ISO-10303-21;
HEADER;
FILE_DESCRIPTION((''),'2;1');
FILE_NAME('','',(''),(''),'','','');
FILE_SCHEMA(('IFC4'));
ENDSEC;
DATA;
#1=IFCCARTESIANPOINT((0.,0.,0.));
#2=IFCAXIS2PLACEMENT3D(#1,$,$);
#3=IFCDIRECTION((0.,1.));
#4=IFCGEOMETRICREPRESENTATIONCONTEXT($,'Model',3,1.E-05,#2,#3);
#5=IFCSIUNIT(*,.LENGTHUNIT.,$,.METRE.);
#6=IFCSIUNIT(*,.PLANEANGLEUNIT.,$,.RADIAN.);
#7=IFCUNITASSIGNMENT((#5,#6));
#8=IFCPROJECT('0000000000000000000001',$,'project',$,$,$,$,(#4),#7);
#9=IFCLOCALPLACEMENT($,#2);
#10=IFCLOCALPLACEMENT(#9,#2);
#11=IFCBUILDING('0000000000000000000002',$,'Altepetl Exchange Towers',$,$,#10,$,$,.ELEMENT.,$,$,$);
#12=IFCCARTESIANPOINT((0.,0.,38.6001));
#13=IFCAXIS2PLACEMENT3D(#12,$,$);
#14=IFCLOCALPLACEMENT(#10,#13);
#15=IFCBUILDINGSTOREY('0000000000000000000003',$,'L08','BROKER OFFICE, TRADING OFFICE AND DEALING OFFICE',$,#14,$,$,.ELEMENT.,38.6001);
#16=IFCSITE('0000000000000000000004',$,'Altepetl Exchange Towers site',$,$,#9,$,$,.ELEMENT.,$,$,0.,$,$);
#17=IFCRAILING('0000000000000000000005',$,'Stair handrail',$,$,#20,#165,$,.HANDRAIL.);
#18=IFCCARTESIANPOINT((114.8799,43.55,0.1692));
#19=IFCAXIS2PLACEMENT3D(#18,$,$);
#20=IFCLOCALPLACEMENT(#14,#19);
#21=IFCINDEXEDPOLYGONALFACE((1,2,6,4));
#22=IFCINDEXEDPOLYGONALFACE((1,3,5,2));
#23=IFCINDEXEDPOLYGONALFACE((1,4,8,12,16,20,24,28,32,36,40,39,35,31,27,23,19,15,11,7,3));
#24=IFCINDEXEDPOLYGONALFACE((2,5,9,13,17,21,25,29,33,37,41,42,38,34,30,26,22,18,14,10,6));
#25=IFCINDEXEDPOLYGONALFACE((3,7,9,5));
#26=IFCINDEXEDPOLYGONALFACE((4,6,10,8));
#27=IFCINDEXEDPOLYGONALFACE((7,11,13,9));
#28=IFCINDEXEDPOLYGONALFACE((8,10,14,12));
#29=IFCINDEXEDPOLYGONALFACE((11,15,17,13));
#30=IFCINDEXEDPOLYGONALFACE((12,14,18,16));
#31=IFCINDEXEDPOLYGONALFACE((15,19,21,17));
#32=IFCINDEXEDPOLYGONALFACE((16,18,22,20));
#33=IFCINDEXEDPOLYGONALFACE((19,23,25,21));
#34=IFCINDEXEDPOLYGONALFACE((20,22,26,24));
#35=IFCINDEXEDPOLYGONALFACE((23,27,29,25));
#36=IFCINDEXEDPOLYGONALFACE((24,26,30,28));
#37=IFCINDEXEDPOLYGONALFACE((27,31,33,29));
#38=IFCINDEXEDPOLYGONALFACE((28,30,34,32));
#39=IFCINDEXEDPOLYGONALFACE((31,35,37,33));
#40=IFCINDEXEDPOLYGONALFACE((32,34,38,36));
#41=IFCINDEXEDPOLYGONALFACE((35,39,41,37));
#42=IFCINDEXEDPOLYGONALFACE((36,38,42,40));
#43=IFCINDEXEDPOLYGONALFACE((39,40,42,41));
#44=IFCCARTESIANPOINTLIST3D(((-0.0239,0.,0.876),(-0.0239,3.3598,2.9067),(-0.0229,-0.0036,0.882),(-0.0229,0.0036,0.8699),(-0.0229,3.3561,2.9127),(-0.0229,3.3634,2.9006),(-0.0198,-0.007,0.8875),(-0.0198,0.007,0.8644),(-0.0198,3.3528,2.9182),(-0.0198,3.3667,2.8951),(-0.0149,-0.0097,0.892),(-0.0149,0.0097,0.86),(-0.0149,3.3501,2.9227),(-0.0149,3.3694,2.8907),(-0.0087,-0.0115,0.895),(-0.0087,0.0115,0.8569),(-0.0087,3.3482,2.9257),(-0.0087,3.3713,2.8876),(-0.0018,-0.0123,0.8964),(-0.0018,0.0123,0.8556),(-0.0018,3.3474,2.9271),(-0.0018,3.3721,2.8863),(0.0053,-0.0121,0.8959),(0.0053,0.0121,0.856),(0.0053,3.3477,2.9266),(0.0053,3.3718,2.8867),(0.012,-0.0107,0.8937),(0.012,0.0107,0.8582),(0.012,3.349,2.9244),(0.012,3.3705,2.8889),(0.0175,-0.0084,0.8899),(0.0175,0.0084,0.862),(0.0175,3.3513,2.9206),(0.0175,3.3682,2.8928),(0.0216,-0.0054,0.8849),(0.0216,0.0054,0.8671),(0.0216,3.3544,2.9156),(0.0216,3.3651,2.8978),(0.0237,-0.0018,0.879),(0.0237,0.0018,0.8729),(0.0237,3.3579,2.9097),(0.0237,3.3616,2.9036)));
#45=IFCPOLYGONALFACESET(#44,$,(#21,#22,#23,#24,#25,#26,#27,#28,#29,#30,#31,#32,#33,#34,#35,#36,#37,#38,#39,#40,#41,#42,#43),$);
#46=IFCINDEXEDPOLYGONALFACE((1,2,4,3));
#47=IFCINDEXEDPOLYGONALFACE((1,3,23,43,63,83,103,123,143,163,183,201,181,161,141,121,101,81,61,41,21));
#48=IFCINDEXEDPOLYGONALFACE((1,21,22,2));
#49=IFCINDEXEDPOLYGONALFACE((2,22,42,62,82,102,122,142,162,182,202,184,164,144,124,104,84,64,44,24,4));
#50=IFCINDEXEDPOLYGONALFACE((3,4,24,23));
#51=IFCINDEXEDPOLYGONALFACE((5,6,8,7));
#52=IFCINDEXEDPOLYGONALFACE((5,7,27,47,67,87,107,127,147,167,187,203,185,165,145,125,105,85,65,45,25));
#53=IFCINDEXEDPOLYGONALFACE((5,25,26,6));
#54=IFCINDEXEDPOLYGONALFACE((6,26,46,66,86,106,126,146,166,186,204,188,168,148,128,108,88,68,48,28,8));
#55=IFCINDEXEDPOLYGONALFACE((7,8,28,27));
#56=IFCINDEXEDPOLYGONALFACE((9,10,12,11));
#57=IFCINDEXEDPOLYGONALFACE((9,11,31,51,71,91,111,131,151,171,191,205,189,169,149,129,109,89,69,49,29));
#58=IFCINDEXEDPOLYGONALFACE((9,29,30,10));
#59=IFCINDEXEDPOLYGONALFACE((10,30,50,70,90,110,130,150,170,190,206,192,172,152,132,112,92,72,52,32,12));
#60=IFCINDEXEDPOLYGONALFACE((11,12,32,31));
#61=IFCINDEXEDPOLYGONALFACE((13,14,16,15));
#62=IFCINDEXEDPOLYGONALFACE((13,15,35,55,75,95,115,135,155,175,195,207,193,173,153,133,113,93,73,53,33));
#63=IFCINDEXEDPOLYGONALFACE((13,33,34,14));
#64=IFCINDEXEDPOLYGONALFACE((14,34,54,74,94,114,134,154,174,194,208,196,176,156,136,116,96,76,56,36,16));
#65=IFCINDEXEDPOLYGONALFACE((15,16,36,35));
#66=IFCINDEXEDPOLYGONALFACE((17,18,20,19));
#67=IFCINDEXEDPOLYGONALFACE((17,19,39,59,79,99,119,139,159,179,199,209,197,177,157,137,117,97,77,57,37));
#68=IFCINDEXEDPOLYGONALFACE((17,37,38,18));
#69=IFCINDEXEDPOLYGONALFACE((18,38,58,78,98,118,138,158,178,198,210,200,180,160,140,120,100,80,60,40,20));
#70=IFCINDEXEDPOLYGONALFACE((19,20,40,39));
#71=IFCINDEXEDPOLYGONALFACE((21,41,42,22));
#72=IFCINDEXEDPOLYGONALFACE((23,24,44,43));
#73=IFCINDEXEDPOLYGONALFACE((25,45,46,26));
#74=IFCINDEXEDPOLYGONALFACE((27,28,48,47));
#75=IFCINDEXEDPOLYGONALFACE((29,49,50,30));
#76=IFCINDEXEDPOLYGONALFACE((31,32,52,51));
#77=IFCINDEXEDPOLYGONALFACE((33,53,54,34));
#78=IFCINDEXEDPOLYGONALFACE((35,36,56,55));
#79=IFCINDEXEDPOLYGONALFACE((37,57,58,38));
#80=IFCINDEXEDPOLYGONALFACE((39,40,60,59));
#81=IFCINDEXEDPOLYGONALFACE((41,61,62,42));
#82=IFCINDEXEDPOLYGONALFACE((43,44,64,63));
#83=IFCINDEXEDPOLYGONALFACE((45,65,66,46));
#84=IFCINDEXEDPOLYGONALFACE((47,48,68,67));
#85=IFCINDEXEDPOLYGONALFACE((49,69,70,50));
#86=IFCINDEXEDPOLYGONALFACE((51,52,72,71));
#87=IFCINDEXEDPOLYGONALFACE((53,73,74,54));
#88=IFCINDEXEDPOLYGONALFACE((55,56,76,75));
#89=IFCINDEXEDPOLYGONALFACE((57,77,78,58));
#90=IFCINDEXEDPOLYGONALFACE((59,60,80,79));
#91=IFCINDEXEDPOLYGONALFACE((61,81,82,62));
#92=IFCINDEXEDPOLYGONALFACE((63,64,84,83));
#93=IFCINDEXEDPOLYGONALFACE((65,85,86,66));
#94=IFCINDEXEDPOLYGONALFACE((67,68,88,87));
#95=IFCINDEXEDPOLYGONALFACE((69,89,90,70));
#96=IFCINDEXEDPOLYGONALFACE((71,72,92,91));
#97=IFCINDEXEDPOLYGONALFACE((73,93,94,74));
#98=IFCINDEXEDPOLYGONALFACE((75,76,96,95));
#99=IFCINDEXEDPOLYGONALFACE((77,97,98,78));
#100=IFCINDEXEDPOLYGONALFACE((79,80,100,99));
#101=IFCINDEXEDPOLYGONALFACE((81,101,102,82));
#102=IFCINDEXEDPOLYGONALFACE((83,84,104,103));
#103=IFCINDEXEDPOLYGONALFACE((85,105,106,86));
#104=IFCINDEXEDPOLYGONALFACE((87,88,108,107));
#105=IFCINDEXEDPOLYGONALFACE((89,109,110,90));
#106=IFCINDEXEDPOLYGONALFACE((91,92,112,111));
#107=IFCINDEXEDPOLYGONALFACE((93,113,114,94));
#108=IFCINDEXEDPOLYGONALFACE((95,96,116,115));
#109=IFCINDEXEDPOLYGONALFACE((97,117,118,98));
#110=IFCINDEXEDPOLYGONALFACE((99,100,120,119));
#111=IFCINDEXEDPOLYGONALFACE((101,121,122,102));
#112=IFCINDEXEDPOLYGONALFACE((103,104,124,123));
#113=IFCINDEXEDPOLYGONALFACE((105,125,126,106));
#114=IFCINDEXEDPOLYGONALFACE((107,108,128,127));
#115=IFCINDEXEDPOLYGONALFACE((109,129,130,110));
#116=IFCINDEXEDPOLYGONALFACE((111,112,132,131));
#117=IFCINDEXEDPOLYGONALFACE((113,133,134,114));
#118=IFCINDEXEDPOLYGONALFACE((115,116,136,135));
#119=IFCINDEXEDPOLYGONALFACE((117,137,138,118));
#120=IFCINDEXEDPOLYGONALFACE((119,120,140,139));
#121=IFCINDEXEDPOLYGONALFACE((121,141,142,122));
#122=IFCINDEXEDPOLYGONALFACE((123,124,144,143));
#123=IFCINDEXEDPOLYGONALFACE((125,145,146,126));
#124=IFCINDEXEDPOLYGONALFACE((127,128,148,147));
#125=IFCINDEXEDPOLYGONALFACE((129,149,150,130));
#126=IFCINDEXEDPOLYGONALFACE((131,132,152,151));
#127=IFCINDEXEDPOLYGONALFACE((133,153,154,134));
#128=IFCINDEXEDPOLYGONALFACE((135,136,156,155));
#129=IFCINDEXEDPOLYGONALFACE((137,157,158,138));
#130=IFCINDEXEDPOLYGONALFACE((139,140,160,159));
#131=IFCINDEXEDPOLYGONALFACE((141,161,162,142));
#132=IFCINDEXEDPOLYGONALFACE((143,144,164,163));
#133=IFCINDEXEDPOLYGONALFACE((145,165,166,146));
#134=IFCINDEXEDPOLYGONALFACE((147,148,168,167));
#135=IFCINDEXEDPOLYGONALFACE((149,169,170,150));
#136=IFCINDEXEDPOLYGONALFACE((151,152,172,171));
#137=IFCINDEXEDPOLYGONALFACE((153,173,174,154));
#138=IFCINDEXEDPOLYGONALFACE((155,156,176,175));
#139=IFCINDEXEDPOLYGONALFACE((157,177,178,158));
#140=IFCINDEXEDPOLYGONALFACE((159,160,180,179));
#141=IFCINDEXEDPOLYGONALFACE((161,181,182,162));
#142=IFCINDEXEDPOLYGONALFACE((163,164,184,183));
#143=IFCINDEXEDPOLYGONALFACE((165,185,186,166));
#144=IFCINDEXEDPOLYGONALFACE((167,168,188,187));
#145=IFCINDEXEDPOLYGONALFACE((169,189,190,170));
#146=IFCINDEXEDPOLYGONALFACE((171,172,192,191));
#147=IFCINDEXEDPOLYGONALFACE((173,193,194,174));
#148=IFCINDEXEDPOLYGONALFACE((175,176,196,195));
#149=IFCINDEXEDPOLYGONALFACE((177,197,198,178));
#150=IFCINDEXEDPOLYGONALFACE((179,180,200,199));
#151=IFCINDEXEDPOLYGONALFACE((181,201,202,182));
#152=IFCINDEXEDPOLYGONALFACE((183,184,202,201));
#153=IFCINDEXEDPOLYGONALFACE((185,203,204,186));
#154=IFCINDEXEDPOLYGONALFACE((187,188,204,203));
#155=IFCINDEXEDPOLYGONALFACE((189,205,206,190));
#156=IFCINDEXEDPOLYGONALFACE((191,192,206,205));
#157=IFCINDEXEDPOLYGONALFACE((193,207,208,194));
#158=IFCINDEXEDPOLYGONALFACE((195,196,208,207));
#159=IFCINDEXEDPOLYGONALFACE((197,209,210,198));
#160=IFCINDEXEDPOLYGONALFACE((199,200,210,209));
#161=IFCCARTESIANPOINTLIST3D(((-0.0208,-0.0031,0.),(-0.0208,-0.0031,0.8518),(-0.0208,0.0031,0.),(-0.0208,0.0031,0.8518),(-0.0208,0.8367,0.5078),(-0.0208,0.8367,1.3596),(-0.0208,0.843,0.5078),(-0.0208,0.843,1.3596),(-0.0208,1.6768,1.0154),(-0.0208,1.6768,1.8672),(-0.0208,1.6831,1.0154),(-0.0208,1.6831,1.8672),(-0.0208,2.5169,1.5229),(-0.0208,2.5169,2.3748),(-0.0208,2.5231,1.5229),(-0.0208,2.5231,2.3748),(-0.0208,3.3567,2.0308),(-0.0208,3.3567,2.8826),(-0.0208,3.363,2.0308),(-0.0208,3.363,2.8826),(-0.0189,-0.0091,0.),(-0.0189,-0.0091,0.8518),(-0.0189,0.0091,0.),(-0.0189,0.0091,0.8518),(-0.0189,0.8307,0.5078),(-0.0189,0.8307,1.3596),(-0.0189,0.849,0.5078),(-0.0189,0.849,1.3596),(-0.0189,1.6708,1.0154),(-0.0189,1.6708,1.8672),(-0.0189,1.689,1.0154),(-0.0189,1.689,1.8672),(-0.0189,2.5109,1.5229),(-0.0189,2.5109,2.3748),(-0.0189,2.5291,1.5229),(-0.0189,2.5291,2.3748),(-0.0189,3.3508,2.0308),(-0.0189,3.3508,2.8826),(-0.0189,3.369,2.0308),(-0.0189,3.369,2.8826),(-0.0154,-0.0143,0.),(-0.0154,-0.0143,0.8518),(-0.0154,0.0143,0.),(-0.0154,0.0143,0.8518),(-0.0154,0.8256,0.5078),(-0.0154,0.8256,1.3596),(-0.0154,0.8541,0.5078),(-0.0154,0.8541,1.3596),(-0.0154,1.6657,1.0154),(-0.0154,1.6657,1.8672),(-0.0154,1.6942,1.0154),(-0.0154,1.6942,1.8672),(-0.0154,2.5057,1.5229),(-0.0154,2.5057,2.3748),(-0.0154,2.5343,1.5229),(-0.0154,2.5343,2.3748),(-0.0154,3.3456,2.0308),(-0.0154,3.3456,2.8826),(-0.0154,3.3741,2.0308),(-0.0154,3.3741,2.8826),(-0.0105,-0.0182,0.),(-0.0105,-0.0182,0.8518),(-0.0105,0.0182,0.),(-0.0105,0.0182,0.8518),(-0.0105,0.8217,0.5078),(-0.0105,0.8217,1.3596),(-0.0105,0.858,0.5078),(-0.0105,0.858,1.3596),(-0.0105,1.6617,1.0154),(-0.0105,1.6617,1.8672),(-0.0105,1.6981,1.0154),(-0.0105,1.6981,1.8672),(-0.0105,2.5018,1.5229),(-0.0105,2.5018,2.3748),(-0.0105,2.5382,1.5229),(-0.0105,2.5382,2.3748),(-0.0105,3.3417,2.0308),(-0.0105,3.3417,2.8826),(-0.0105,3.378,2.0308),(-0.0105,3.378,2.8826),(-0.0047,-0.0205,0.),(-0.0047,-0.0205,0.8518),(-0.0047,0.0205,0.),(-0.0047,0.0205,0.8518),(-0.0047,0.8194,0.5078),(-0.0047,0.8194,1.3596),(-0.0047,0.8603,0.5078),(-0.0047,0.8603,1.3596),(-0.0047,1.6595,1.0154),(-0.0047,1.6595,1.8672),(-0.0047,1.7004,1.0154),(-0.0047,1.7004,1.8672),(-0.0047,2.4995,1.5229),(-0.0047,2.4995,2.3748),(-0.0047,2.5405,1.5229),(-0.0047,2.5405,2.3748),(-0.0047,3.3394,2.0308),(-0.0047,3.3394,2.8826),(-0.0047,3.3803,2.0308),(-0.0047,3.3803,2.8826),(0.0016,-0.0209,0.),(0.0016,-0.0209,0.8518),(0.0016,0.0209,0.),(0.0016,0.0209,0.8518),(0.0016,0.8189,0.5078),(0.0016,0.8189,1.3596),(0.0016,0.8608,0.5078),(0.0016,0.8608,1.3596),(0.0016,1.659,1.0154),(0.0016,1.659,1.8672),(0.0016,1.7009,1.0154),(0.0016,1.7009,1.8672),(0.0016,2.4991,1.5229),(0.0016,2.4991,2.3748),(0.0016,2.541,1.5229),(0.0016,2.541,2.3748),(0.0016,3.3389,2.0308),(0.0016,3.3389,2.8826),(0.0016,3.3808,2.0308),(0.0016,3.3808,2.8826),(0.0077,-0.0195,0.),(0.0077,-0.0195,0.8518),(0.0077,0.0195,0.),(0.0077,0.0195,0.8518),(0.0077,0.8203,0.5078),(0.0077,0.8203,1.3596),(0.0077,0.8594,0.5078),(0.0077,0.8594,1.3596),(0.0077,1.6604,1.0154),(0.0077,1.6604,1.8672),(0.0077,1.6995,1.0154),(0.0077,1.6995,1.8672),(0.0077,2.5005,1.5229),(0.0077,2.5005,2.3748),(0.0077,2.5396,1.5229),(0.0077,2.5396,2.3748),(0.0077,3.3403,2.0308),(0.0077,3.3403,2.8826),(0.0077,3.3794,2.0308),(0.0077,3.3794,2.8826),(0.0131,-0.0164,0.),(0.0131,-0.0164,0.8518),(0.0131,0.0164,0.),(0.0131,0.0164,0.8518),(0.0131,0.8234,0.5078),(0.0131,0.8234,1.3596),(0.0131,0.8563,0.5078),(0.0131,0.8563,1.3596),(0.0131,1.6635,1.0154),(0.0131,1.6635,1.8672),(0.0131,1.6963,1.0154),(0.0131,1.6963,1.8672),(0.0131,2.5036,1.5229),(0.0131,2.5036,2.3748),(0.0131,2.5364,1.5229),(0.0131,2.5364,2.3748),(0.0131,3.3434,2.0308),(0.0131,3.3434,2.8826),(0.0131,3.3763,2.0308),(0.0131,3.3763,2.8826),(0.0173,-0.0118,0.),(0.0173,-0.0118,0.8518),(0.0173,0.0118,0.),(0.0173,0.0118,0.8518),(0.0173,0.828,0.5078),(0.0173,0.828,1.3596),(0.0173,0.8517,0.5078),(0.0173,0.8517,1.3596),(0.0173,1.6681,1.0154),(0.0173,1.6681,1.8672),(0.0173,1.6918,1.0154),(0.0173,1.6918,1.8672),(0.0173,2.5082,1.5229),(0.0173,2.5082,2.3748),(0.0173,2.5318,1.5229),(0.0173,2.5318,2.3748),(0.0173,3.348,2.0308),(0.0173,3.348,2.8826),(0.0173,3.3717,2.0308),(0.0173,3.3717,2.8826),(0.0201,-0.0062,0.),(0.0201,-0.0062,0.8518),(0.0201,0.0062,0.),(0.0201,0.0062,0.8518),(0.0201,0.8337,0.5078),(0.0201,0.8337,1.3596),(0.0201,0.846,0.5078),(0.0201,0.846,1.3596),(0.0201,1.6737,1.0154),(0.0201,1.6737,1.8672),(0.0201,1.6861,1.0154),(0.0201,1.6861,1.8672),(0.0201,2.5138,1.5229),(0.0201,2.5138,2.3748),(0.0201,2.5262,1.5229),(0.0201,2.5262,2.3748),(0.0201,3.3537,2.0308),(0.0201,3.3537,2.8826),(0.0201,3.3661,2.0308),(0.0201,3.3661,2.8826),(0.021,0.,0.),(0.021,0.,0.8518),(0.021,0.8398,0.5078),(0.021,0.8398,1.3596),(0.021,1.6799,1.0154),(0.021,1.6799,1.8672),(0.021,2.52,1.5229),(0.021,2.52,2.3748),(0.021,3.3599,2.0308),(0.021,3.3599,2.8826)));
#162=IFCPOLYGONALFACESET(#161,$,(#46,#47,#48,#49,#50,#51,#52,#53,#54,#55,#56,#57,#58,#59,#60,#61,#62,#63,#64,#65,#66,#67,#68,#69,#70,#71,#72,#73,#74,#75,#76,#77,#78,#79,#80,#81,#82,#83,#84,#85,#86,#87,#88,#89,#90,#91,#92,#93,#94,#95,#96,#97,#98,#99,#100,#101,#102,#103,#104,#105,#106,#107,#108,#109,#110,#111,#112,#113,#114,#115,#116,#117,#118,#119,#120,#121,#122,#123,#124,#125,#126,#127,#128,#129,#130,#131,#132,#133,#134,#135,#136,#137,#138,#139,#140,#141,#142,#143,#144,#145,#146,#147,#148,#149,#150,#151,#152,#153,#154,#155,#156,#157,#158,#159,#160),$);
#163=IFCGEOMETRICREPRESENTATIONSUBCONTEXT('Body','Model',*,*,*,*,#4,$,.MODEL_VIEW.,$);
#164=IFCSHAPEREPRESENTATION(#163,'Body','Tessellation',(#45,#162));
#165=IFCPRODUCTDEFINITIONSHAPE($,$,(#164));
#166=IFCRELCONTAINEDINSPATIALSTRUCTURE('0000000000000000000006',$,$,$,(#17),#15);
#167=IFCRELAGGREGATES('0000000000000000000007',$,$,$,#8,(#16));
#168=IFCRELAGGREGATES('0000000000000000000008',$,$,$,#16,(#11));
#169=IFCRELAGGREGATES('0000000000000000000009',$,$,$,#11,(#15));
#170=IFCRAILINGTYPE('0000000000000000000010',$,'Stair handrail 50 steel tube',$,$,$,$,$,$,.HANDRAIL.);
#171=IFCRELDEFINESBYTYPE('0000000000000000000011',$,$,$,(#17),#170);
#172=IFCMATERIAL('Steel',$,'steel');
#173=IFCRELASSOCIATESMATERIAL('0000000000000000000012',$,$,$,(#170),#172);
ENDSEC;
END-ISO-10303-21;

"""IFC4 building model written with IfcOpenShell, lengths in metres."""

from ifc_helpers import new_model, si_unit, direction, frame, origin, origin_2d, place, context, subcontext, project, spatial, circle, extrude, source, transform, mapped, material, type_object, element, save


model = new_model("IFC4")

# Units and contexts
model_context = context("Model", 3, precision=1e-05, world=origin(), true_north=direction((0.0, 1.0)))
body_context = subcontext(model_context, "Body", "Model", "MODEL_VIEW")
ifc_project = project(units=[si_unit("LENGTHUNIT", "METRE"), si_unit("PLANEANGLEUNIT", "RADIAN")], contexts=[model_context])

# Site, building, storey
site_placement = place(None, origin())
site = spatial("IfcSite", under=ifc_project, at=site_placement, Name="Altepetl Exchange Towers site", CompositionType="ELEMENT", RefElevation=0.0)
building_placement = place(site_placement, origin())
building = spatial("IfcBuilding", under=site, at=building_placement, Name="Altepetl Exchange Towers", CompositionType="ELEMENT")
storey_placement = place(building_placement, frame((0.0, 0.0, 38.6001)))
storey = spatial("IfcBuildingStorey", under=building, at=storey_placement, Name="L08", Description="BROKER OFFICE, TRADING OFFICE AND DEALING OFFICE", CompositionType="ELEMENT", Elevation=38.6001)

# Railing
ifc_material_1 = material(Name="Steel", Category="steel")
railing_type = type_object("IfcRailingType", Name="Stair handrail 50 steel tube", PredefinedType="HANDRAIL", material=ifc_material_1)
shared_shape = source(origin(), body_context, "Body", "SweptSolid", [
    extrude(circle(Radius=0.021, at=origin_2d()), origin(), (0.0, 0.0, 1.0), 0.8518),
])
railing_1_placement = place(storey_placement, frame((114.8799, 43.55, 0.1692)))
element("IfcRailing", 1, at=railing_1_placement, inside=storey, type_object=railing_type, Name="Stair handrail", PredefinedType="HANDRAIL", context=body_context, shape_type="SweptSolid", body=[
    extrude(circle(Radius=0.0239, at=origin_2d()), frame((0.0, 0.0, 0.876), z_axis=(0.0, 0.85582, 0.517273), x_axis=(-1.0, 0.0, 0.0)), (0.0, 0.0, 1.0), 3.9258),
    mapped(shared_shape, transform((0.0, 0.0, 0.0))),
    mapped(shared_shape, transform((0.0, 0.8398, 0.5078))),
    mapped(shared_shape, transform((0.0, 1.6799, 1.0154))),
    mapped(shared_shape, transform((0.0, 2.52, 1.5229))),
    mapped(shared_shape, transform((0.0, 3.3599, 2.0308))),
])

save(model, "model.ifc")
